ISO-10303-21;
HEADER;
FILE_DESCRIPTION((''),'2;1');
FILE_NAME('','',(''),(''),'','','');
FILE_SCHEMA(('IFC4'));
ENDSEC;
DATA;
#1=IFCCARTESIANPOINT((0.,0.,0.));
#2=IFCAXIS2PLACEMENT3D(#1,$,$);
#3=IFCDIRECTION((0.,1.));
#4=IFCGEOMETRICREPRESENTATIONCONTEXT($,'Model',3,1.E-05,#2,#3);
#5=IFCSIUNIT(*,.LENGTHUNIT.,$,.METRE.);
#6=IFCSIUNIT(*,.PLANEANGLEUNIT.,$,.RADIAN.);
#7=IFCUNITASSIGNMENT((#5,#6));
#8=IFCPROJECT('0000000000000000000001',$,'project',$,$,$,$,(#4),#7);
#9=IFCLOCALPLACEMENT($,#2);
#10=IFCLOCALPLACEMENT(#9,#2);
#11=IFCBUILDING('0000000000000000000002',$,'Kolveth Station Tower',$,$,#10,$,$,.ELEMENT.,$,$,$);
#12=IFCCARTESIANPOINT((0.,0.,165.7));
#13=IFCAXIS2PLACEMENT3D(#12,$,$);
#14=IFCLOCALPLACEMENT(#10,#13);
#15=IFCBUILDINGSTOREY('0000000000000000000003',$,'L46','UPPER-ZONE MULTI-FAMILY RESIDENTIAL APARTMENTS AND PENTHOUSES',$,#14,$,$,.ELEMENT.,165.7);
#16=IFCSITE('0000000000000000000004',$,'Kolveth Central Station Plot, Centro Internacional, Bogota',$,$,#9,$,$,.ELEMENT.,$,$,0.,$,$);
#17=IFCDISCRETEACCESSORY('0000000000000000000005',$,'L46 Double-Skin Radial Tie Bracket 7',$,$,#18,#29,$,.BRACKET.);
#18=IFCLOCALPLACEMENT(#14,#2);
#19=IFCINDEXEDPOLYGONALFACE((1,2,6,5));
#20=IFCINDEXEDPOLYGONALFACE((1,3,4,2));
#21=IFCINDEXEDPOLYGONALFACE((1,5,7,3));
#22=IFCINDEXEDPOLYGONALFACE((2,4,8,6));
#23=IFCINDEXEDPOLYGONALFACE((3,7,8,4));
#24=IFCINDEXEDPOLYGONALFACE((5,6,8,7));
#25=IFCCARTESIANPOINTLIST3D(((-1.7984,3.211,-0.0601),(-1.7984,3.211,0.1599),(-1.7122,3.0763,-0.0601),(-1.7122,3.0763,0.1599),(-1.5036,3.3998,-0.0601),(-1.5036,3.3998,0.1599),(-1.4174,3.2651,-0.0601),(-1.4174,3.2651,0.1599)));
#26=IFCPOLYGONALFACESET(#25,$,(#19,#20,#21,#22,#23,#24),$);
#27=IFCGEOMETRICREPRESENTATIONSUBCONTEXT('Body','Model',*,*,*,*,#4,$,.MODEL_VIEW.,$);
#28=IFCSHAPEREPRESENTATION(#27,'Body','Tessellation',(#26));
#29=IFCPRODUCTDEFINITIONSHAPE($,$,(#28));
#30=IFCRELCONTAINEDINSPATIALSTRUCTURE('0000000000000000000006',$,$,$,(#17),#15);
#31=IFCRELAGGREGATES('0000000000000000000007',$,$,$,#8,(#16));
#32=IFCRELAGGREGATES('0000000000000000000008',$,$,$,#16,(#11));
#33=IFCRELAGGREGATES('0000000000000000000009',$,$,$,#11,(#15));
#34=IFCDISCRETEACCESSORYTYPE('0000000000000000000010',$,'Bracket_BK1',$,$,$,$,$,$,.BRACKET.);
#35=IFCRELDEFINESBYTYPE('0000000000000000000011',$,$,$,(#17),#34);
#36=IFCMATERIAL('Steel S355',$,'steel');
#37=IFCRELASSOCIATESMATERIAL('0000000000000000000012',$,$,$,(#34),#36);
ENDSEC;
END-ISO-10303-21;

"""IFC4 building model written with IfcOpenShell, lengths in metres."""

from ifc_helpers import new_model, si_unit, direction, frame, origin, origin_2d, place, context, subcontext, project, spatial, rectangle, extrude, source, transform, mapped, material, type_object, element, save


model = new_model("IFC4")

# Units and contexts
model_context = context("Model", 3, precision=1e-05, world=origin(), true_north=direction((0.0, 1.0)))
body_context = subcontext(model_context, "Body", "Model", "MODEL_VIEW")
ifc_project = project(units=[si_unit("LENGTHUNIT", "METRE"), si_unit("PLANEANGLEUNIT", "RADIAN")], contexts=[model_context])

# Site, building, storey
site_placement = place(None, origin())
site = spatial("IfcSite", under=ifc_project, at=site_placement, Name="Kolveth Central Station Plot, Centro Internacional, Bogota", CompositionType="ELEMENT", RefElevation=0.0)
building_placement = place(site_placement, origin())
building = spatial("IfcBuilding", under=site, at=building_placement, Name="Kolveth Station Tower", CompositionType="ELEMENT")
storey_placement = place(building_placement, frame((0.0, 0.0, 165.7)))
storey = spatial("IfcBuildingStorey", under=building, at=storey_placement, Name="L46", Description="UPPER-ZONE MULTI-FAMILY RESIDENTIAL APARTMENTS AND PENTHOUSES", CompositionType="ELEMENT", Elevation=165.7)

# Shared definitions
ifc_material_1 = material(Name="Steel S355", Category="steel")

# Discrete accessory
discrete_accessory_type = type_object("IfcDiscreteAccessoryType", Name="Bracket_BK1", PredefinedType="BRACKET", material=ifc_material_1)
shared_shape_1 = source(origin(), body_context, "Body", "SweptSolid", [
    extrude(rectangle(XDim=0.3501, YDim=0.1599, at=origin_2d()), origin(), (0.0, 0.0, 1.0), 0.22),
])
discrete_accessory_placement = place(storey_placement, frame((-1.6079, 3.238, -0.0601), z_axis=(0.0, 0.0, 1.0), x_axis=(-0.84217, -0.539212, 0.0)))
element("IfcDiscreteAccessory", 1, at=discrete_accessory_placement, inside=storey, type_object=discrete_accessory_type, Name="L46 Double-Skin Radial Tie Bracket 7", PredefinedType="BRACKET", context=body_context, shape_type="MappedRepresentation", body=[
    mapped(shared_shape_1, transform((0.0, 0.0, 0.0), x_axis=(1.0, 0.0, 0.0), y_axis=(0.0, 1.0, 0.0), z_axis=(0.0, 0.0, 1.0), scale=1.0)),
])

save(model, "model.ifc")
